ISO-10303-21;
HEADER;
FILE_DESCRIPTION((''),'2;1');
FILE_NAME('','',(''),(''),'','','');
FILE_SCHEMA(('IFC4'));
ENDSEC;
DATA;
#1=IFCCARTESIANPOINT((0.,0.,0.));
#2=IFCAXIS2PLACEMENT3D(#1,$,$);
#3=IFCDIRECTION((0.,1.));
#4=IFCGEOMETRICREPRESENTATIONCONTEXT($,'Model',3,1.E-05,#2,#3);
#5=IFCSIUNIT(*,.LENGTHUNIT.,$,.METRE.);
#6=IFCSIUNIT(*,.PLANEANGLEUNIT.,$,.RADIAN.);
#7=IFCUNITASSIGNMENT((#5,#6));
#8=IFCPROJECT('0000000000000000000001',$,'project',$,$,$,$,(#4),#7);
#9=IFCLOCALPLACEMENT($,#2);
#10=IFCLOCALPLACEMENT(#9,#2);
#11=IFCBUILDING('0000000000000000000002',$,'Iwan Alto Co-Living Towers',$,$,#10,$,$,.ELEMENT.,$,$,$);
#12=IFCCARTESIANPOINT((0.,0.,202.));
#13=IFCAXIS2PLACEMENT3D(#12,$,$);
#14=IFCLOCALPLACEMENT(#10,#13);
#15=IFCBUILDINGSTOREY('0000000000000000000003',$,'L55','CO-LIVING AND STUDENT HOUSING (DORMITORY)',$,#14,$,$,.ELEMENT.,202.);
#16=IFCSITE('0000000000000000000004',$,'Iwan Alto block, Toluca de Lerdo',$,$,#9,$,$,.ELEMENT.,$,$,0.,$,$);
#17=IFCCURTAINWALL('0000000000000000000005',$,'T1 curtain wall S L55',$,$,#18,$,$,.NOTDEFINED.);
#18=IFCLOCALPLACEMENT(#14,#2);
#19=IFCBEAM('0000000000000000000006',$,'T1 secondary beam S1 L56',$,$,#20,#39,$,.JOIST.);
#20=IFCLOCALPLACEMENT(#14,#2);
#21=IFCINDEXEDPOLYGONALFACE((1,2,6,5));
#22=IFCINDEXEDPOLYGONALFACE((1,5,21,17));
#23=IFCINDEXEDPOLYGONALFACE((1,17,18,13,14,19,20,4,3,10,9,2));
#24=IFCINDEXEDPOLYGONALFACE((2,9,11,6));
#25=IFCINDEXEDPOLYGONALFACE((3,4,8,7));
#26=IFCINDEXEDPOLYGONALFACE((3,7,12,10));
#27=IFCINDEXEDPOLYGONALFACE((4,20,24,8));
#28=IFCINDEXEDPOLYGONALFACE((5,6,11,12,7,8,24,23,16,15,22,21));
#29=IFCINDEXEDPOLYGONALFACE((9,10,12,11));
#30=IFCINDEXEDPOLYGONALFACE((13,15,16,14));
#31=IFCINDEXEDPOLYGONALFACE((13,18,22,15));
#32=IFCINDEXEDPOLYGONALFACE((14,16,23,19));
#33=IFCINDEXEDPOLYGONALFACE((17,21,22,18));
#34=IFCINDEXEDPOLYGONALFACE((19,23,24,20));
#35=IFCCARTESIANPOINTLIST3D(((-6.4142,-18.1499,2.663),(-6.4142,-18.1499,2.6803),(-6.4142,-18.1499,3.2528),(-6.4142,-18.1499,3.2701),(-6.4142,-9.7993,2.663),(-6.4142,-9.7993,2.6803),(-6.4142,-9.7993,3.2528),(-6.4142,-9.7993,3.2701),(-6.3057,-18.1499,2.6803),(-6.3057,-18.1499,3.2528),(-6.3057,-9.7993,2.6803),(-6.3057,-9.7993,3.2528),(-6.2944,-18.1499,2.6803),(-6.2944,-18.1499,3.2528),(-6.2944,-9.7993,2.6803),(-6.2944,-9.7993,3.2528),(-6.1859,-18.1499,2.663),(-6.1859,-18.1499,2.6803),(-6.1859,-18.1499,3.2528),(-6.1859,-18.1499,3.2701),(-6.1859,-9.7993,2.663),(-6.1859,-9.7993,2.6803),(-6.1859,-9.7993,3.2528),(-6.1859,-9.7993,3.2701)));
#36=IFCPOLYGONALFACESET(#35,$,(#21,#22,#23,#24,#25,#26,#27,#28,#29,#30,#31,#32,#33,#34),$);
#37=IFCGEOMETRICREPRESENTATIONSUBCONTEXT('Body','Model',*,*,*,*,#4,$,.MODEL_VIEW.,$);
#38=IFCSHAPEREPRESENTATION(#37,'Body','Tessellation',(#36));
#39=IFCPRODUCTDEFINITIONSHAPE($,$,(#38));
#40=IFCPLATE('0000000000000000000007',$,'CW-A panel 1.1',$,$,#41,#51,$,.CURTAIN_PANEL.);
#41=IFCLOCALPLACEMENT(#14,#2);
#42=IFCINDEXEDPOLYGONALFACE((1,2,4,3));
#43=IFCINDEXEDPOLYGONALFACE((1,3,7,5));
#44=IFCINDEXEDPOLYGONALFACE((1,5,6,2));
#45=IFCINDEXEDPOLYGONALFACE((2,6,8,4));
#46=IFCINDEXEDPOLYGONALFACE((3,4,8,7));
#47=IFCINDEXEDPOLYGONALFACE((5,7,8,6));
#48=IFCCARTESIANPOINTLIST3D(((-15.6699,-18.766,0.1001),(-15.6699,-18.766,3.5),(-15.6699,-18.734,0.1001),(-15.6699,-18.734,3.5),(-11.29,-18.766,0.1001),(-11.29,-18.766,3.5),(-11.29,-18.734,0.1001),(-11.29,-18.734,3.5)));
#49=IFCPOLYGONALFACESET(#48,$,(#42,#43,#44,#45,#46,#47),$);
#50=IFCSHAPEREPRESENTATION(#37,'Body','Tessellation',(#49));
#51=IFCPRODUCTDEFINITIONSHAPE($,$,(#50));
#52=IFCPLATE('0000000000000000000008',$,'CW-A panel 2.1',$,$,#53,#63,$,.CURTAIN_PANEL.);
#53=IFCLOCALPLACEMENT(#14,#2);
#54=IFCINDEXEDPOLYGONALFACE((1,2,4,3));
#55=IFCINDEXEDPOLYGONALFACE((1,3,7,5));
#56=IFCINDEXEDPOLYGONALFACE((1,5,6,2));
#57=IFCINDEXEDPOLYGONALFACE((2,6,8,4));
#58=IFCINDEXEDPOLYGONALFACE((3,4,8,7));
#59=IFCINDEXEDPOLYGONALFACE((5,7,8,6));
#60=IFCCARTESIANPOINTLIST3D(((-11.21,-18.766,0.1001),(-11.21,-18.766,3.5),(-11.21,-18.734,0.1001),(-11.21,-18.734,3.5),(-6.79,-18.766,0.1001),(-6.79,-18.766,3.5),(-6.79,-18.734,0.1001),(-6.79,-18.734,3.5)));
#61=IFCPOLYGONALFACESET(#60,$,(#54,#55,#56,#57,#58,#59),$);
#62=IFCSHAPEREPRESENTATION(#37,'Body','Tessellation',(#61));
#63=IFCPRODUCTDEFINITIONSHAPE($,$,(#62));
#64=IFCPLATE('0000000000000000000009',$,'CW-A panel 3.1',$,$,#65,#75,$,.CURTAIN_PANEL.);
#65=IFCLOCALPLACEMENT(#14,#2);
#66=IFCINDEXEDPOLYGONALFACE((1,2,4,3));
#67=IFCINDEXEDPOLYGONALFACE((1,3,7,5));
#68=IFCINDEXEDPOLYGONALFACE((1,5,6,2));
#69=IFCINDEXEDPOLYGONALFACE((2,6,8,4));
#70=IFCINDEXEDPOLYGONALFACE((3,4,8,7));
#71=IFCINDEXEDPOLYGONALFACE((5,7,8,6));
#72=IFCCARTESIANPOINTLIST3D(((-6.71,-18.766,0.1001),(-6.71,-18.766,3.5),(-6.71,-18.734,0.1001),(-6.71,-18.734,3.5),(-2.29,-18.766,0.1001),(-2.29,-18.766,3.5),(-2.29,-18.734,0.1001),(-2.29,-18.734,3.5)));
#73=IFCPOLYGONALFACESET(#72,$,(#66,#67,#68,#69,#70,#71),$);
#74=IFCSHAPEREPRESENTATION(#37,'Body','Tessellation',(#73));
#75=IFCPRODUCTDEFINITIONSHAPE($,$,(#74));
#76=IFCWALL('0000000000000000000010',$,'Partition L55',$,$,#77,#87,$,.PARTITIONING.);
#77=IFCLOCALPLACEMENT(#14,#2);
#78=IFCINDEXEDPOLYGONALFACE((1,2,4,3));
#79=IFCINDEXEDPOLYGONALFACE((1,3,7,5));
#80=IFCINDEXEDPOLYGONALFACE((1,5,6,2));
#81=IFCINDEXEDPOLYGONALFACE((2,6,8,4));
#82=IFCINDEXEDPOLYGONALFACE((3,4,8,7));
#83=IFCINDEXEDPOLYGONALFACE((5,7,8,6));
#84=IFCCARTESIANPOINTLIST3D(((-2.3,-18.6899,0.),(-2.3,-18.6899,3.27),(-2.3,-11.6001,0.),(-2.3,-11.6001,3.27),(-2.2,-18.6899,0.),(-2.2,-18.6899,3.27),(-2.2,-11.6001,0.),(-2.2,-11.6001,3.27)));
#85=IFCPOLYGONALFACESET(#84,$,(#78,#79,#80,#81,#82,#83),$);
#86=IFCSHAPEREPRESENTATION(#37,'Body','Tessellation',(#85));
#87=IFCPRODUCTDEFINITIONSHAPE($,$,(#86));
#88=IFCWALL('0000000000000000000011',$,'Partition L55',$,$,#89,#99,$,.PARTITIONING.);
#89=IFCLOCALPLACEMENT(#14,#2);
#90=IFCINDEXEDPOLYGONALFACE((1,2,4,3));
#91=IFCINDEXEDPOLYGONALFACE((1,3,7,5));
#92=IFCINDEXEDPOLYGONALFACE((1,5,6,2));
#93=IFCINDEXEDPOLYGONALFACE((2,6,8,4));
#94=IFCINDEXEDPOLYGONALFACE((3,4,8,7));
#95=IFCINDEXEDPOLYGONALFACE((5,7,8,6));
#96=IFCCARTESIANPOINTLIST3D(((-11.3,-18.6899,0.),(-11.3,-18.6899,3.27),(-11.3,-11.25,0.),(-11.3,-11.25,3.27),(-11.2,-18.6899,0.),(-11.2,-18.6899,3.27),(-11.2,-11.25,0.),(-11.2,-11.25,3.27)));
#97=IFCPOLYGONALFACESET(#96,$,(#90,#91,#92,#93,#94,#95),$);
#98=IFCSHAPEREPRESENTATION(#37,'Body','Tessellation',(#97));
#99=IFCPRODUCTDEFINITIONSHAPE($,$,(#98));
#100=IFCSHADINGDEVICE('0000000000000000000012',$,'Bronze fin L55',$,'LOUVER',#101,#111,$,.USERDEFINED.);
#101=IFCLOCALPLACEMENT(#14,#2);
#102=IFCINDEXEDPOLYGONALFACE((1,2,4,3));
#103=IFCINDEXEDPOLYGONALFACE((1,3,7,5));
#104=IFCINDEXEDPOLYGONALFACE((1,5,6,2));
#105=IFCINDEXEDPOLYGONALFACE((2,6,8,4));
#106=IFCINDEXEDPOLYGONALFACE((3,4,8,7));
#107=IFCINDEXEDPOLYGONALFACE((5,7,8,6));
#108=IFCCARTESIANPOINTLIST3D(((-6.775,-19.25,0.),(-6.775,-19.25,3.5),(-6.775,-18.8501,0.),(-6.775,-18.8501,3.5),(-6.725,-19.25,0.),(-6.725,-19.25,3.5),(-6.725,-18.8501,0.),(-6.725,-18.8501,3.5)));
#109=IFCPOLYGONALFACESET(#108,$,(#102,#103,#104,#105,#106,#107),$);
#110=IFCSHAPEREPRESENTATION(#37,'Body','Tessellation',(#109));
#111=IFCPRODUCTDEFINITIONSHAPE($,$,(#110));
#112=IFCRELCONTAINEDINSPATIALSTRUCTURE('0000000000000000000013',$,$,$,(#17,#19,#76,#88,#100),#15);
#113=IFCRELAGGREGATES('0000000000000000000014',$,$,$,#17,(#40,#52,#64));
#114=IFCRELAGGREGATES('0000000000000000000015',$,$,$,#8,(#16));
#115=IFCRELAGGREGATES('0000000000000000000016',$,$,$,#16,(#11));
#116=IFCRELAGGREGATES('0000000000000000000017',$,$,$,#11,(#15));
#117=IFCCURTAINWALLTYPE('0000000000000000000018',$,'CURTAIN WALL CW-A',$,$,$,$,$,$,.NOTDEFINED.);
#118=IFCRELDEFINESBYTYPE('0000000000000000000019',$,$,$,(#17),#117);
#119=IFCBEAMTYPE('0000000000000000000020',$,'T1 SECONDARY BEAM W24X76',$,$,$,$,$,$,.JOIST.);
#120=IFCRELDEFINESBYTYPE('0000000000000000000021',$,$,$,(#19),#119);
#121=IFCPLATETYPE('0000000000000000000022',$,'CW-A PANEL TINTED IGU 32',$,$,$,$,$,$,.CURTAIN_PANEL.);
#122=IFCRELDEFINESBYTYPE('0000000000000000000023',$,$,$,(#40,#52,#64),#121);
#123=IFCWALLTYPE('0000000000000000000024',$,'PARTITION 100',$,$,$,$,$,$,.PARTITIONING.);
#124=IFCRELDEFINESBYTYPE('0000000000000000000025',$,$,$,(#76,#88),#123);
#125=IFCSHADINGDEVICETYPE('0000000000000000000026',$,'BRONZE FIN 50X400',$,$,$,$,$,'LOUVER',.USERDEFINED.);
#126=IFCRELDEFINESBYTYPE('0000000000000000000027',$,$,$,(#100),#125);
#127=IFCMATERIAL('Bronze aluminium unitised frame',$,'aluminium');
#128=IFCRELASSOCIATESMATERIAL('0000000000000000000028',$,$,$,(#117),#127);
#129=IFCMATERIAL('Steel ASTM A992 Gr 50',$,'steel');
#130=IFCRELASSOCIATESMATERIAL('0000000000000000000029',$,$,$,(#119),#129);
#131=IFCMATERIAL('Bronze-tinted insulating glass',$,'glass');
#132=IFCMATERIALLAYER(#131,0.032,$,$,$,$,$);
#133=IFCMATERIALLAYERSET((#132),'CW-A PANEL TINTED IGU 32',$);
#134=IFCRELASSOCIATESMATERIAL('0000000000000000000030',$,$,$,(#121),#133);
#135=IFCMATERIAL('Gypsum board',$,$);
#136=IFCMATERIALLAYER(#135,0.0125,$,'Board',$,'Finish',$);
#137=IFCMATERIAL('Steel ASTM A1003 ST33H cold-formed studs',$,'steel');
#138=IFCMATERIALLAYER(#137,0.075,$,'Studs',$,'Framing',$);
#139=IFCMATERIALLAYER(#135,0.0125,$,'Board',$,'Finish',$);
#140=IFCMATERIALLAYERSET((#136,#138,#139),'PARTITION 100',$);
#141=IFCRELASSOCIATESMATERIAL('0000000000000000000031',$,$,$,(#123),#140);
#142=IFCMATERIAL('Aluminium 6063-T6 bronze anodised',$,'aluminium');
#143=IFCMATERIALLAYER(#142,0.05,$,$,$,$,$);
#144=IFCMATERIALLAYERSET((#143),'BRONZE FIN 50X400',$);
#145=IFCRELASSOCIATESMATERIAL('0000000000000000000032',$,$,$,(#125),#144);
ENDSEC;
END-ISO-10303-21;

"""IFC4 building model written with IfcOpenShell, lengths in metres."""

from ifc_helpers import new_model, si_unit, direction, frame, frame_2d, origin, origin_2d, place, context, subcontext, project, spatial, rectangle, i_section, extrude, material, layer, layer_set, material_profile, profile_set, type_object, element, aggregate, save


model = new_model("IFC4")

# Units and contexts
model_context = context("Model", 3, precision=1e-05, world=origin(), true_north=direction((0.0, 1.0)))
body_context = subcontext(model_context, "Body", "Model", "MODEL_VIEW")
ifc_project = project(units=[si_unit("LENGTHUNIT", "METRE"), si_unit("PLANEANGLEUNIT", "RADIAN")], contexts=[model_context])

# Site, building, storey
site_placement = place(None, origin())
site = spatial("IfcSite", under=ifc_project, at=site_placement, Name="Iwan Alto block, Toluca de Lerdo", CompositionType="ELEMENT", RefElevation=0.0)
building_placement = place(site_placement, origin())
building = spatial("IfcBuilding", under=site, at=building_placement, Name="Iwan Alto Co-Living Towers", CompositionType="ELEMENT")
storey_placement = place(building_placement, frame((0.0, 0.0, 202.0)))
storey = spatial("IfcBuildingStorey", under=building, at=storey_placement, Name="L55", Description="CO-LIVING AND STUDENT HOUSING (DORMITORY)", CompositionType="ELEMENT", Elevation=202.0)

# Curtain wall
ifc_material_1 = material(Name="Bronze aluminium unitised frame", Category="aluminium")
curtain_wall_type = type_object("IfcCurtainWallType", Name="CURTAIN WALL CW-A", PredefinedType="NOTDEFINED", material=ifc_material_1)
curtain_wall_placement = place(storey_placement, origin())
curtain_wall = element("IfcCurtainWall", 1, at=curtain_wall_placement, inside=storey, type_object=curtain_wall_type, Name="T1 curtain wall S L55", PredefinedType="NOTDEFINED")

# Beam
ifc_material_2 = material(Name="Steel ASTM A992 Gr 50", Category="steel")
ifc_material_profile_1 = material_profile(ifc_material_2, i_section(OverallWidth=0.2283, OverallDepth=0.6072, WebThickness=0.0112, FlangeThickness=0.0173, at=origin_2d()), Name="W24X76")
ifc_profile_set_1 = profile_set([ifc_material_profile_1], Name="Steel ASTM A992 Gr 50")
beam_type_1 = type_object("IfcBeamType", Name="T1 SECONDARY BEAM W24X76", PredefinedType="JOIST", material=ifc_profile_set_1)
beam_1_placement = place(storey_placement, frame((-6.3, -18.1499, 2.9666), z_axis=(0.0, 1.0, 0.0), x_axis=(-1.0, 0.0, 0.0)))
element("IfcBeam", 2, at=beam_1_placement, inside=storey, type_object=beam_type_1, Name="T1 secondary beam S1 L56", PredefinedType="JOIST", context=body_context, shape_type="SweptSolid", body=[
    extrude(i_section(OverallWidth=0.2283, OverallDepth=0.6072, WebThickness=0.0112, FlangeThickness=0.0173, at=origin_2d()), origin(), (0.0, 0.0, 1.0), 8.3506),
])

# Plates
ifc_material_3 = material(Name="Bronze-tinted insulating glass", Category="glass")
ifc_layer_1 = layer(ifc_material_3, 0.032)
ifc_layer_set_1 = layer_set([ifc_layer_1], Name="CW-A PANEL TINTED IGU 32")
plate_type = type_object("IfcPlateType", Name="CW-A PANEL TINTED IGU 32", PredefinedType="CURTAIN_PANEL", material=ifc_layer_set_1)
plate_1_placement = place(storey_placement, frame((-13.48, -18.75, 0.1001), z_axis=(0.0, 0.0, 1.0), x_axis=(1.0, 0.0, 0.0)))
plate_1 = element("IfcPlate", 3, at=plate_1_placement, type_object=plate_type, Name="CW-A panel 1.1", PredefinedType="CURTAIN_PANEL", context=body_context, shape_type="SweptSolid", body=[
    extrude(rectangle(XDim=4.3799, YDim=0.032, at=origin_2d()), origin(), (0.0, 0.0, 1.0), 3.3999),
])
plate_2_placement = place(storey_placement, frame((-9.0, -18.75, 0.1001), z_axis=(0.0, 0.0, 1.0), x_axis=(1.0, 0.0, 0.0)))
plate_2 = element("IfcPlate", 4, at=plate_2_placement, type_object=plate_type, Name="CW-A panel 2.1", PredefinedType="CURTAIN_PANEL", context=body_context, shape_type="SweptSolid", body=[
    extrude(rectangle(XDim=4.4199, YDim=0.032, at=origin_2d()), origin(), (0.0, 0.0, 1.0), 3.3999),
])
plate_3_placement = place(storey_placement, frame((-4.5, -18.75, 0.1001), z_axis=(0.0, 0.0, 1.0), x_axis=(1.0, 0.0, 0.0)))
plate_3 = element("IfcPlate", 5, at=plate_3_placement, type_object=plate_type, Name="CW-A panel 3.1", PredefinedType="CURTAIN_PANEL", context=body_context, shape_type="SweptSolid", body=[
    extrude(rectangle(XDim=4.4199, YDim=0.032, at=origin_2d()), origin(), (0.0, 0.0, 1.0), 3.3999),
])
aggregate(curtain_wall, [plate_1, plate_2, plate_3])

# Walls
ifc_material_4 = material(Name="Gypsum board")
ifc_layer_2 = layer(ifc_material_4, 0.0125, Name="Board", Category="Finish")
ifc_material_5 = material(Name="Steel ASTM A1003 ST33H cold-formed studs", Category="steel")
ifc_layer_3 = layer(ifc_material_5, 0.075, Name="Studs", Category="Framing")
ifc_layer_4 = layer(ifc_material_4, 0.0125, Name="Board", Category="Finish")
ifc_layer_set_2 = layer_set([ifc_layer_2, ifc_layer_3, ifc_layer_4], Name="PARTITION 100")
wall_type = type_object("IfcWallType", Name="PARTITION 100", PredefinedType="PARTITIONING", material=ifc_layer_set_2)
wall_1_placement = place(storey_placement, frame((-2.25, -18.6899, 0.0), z_axis=(0.0, 0.0, 1.0), x_axis=(0.0, 1.0, 0.0)))
element("IfcWall", 6, at=wall_1_placement, inside=storey, type_object=wall_type, Name="Partition L55", PredefinedType="PARTITIONING", context=body_context, shape_type="SweptSolid", body=[
    extrude(rectangle(XDim=7.0898, YDim=0.1001, at=frame_2d((3.5449, 0.0))), origin(), (0.0, 0.0, 1.0), 3.27),
])
wall_2_placement = place(storey_placement, frame((-11.25, -18.6899, 0.0), z_axis=(0.0, 0.0, 1.0), x_axis=(0.0, 1.0, 0.0)))
element("IfcWall", 7, at=wall_2_placement, inside=storey, type_object=wall_type, Name="Partition L55", PredefinedType="PARTITIONING", context=body_context, shape_type="SweptSolid", body=[
    extrude(rectangle(XDim=7.4399, YDim=0.1001, at=frame_2d((3.72, 0.0))), origin(), (0.0, 0.0, 1.0), 3.27),
])

# Shading device
ifc_material_6 = material(Name="Aluminium 6063-T6 bronze anodised", Category="aluminium")
ifc_layer_5 = layer(ifc_material_6, 0.05)
ifc_layer_set_3 = layer_set([ifc_layer_5], Name="BRONZE FIN 50X400")
shading_device_type = type_object("IfcShadingDeviceType", Name="BRONZE FIN 50X400", ElementType="LOUVER", PredefinedType="USERDEFINED", material=ifc_layer_set_3)
shading_device_placement = place(storey_placement, frame((-6.75, -19.05, 0.0), z_axis=(0.0, 0.0, 1.0), x_axis=(1.0, 0.0, 0.0)))
element("IfcShadingDevice", 8, at=shading_device_placement, inside=storey, type_object=shading_device_type, Name="Bronze fin L55", ObjectType="LOUVER", PredefinedType="USERDEFINED", context=body_context, shape_type="SweptSolid", body=[
    extrude(rectangle(XDim=0.05, YDim=0.3999, at=origin_2d()), origin(), (0.0, 0.0, 1.0), 3.5),
])

save(model, "model.ifc")
